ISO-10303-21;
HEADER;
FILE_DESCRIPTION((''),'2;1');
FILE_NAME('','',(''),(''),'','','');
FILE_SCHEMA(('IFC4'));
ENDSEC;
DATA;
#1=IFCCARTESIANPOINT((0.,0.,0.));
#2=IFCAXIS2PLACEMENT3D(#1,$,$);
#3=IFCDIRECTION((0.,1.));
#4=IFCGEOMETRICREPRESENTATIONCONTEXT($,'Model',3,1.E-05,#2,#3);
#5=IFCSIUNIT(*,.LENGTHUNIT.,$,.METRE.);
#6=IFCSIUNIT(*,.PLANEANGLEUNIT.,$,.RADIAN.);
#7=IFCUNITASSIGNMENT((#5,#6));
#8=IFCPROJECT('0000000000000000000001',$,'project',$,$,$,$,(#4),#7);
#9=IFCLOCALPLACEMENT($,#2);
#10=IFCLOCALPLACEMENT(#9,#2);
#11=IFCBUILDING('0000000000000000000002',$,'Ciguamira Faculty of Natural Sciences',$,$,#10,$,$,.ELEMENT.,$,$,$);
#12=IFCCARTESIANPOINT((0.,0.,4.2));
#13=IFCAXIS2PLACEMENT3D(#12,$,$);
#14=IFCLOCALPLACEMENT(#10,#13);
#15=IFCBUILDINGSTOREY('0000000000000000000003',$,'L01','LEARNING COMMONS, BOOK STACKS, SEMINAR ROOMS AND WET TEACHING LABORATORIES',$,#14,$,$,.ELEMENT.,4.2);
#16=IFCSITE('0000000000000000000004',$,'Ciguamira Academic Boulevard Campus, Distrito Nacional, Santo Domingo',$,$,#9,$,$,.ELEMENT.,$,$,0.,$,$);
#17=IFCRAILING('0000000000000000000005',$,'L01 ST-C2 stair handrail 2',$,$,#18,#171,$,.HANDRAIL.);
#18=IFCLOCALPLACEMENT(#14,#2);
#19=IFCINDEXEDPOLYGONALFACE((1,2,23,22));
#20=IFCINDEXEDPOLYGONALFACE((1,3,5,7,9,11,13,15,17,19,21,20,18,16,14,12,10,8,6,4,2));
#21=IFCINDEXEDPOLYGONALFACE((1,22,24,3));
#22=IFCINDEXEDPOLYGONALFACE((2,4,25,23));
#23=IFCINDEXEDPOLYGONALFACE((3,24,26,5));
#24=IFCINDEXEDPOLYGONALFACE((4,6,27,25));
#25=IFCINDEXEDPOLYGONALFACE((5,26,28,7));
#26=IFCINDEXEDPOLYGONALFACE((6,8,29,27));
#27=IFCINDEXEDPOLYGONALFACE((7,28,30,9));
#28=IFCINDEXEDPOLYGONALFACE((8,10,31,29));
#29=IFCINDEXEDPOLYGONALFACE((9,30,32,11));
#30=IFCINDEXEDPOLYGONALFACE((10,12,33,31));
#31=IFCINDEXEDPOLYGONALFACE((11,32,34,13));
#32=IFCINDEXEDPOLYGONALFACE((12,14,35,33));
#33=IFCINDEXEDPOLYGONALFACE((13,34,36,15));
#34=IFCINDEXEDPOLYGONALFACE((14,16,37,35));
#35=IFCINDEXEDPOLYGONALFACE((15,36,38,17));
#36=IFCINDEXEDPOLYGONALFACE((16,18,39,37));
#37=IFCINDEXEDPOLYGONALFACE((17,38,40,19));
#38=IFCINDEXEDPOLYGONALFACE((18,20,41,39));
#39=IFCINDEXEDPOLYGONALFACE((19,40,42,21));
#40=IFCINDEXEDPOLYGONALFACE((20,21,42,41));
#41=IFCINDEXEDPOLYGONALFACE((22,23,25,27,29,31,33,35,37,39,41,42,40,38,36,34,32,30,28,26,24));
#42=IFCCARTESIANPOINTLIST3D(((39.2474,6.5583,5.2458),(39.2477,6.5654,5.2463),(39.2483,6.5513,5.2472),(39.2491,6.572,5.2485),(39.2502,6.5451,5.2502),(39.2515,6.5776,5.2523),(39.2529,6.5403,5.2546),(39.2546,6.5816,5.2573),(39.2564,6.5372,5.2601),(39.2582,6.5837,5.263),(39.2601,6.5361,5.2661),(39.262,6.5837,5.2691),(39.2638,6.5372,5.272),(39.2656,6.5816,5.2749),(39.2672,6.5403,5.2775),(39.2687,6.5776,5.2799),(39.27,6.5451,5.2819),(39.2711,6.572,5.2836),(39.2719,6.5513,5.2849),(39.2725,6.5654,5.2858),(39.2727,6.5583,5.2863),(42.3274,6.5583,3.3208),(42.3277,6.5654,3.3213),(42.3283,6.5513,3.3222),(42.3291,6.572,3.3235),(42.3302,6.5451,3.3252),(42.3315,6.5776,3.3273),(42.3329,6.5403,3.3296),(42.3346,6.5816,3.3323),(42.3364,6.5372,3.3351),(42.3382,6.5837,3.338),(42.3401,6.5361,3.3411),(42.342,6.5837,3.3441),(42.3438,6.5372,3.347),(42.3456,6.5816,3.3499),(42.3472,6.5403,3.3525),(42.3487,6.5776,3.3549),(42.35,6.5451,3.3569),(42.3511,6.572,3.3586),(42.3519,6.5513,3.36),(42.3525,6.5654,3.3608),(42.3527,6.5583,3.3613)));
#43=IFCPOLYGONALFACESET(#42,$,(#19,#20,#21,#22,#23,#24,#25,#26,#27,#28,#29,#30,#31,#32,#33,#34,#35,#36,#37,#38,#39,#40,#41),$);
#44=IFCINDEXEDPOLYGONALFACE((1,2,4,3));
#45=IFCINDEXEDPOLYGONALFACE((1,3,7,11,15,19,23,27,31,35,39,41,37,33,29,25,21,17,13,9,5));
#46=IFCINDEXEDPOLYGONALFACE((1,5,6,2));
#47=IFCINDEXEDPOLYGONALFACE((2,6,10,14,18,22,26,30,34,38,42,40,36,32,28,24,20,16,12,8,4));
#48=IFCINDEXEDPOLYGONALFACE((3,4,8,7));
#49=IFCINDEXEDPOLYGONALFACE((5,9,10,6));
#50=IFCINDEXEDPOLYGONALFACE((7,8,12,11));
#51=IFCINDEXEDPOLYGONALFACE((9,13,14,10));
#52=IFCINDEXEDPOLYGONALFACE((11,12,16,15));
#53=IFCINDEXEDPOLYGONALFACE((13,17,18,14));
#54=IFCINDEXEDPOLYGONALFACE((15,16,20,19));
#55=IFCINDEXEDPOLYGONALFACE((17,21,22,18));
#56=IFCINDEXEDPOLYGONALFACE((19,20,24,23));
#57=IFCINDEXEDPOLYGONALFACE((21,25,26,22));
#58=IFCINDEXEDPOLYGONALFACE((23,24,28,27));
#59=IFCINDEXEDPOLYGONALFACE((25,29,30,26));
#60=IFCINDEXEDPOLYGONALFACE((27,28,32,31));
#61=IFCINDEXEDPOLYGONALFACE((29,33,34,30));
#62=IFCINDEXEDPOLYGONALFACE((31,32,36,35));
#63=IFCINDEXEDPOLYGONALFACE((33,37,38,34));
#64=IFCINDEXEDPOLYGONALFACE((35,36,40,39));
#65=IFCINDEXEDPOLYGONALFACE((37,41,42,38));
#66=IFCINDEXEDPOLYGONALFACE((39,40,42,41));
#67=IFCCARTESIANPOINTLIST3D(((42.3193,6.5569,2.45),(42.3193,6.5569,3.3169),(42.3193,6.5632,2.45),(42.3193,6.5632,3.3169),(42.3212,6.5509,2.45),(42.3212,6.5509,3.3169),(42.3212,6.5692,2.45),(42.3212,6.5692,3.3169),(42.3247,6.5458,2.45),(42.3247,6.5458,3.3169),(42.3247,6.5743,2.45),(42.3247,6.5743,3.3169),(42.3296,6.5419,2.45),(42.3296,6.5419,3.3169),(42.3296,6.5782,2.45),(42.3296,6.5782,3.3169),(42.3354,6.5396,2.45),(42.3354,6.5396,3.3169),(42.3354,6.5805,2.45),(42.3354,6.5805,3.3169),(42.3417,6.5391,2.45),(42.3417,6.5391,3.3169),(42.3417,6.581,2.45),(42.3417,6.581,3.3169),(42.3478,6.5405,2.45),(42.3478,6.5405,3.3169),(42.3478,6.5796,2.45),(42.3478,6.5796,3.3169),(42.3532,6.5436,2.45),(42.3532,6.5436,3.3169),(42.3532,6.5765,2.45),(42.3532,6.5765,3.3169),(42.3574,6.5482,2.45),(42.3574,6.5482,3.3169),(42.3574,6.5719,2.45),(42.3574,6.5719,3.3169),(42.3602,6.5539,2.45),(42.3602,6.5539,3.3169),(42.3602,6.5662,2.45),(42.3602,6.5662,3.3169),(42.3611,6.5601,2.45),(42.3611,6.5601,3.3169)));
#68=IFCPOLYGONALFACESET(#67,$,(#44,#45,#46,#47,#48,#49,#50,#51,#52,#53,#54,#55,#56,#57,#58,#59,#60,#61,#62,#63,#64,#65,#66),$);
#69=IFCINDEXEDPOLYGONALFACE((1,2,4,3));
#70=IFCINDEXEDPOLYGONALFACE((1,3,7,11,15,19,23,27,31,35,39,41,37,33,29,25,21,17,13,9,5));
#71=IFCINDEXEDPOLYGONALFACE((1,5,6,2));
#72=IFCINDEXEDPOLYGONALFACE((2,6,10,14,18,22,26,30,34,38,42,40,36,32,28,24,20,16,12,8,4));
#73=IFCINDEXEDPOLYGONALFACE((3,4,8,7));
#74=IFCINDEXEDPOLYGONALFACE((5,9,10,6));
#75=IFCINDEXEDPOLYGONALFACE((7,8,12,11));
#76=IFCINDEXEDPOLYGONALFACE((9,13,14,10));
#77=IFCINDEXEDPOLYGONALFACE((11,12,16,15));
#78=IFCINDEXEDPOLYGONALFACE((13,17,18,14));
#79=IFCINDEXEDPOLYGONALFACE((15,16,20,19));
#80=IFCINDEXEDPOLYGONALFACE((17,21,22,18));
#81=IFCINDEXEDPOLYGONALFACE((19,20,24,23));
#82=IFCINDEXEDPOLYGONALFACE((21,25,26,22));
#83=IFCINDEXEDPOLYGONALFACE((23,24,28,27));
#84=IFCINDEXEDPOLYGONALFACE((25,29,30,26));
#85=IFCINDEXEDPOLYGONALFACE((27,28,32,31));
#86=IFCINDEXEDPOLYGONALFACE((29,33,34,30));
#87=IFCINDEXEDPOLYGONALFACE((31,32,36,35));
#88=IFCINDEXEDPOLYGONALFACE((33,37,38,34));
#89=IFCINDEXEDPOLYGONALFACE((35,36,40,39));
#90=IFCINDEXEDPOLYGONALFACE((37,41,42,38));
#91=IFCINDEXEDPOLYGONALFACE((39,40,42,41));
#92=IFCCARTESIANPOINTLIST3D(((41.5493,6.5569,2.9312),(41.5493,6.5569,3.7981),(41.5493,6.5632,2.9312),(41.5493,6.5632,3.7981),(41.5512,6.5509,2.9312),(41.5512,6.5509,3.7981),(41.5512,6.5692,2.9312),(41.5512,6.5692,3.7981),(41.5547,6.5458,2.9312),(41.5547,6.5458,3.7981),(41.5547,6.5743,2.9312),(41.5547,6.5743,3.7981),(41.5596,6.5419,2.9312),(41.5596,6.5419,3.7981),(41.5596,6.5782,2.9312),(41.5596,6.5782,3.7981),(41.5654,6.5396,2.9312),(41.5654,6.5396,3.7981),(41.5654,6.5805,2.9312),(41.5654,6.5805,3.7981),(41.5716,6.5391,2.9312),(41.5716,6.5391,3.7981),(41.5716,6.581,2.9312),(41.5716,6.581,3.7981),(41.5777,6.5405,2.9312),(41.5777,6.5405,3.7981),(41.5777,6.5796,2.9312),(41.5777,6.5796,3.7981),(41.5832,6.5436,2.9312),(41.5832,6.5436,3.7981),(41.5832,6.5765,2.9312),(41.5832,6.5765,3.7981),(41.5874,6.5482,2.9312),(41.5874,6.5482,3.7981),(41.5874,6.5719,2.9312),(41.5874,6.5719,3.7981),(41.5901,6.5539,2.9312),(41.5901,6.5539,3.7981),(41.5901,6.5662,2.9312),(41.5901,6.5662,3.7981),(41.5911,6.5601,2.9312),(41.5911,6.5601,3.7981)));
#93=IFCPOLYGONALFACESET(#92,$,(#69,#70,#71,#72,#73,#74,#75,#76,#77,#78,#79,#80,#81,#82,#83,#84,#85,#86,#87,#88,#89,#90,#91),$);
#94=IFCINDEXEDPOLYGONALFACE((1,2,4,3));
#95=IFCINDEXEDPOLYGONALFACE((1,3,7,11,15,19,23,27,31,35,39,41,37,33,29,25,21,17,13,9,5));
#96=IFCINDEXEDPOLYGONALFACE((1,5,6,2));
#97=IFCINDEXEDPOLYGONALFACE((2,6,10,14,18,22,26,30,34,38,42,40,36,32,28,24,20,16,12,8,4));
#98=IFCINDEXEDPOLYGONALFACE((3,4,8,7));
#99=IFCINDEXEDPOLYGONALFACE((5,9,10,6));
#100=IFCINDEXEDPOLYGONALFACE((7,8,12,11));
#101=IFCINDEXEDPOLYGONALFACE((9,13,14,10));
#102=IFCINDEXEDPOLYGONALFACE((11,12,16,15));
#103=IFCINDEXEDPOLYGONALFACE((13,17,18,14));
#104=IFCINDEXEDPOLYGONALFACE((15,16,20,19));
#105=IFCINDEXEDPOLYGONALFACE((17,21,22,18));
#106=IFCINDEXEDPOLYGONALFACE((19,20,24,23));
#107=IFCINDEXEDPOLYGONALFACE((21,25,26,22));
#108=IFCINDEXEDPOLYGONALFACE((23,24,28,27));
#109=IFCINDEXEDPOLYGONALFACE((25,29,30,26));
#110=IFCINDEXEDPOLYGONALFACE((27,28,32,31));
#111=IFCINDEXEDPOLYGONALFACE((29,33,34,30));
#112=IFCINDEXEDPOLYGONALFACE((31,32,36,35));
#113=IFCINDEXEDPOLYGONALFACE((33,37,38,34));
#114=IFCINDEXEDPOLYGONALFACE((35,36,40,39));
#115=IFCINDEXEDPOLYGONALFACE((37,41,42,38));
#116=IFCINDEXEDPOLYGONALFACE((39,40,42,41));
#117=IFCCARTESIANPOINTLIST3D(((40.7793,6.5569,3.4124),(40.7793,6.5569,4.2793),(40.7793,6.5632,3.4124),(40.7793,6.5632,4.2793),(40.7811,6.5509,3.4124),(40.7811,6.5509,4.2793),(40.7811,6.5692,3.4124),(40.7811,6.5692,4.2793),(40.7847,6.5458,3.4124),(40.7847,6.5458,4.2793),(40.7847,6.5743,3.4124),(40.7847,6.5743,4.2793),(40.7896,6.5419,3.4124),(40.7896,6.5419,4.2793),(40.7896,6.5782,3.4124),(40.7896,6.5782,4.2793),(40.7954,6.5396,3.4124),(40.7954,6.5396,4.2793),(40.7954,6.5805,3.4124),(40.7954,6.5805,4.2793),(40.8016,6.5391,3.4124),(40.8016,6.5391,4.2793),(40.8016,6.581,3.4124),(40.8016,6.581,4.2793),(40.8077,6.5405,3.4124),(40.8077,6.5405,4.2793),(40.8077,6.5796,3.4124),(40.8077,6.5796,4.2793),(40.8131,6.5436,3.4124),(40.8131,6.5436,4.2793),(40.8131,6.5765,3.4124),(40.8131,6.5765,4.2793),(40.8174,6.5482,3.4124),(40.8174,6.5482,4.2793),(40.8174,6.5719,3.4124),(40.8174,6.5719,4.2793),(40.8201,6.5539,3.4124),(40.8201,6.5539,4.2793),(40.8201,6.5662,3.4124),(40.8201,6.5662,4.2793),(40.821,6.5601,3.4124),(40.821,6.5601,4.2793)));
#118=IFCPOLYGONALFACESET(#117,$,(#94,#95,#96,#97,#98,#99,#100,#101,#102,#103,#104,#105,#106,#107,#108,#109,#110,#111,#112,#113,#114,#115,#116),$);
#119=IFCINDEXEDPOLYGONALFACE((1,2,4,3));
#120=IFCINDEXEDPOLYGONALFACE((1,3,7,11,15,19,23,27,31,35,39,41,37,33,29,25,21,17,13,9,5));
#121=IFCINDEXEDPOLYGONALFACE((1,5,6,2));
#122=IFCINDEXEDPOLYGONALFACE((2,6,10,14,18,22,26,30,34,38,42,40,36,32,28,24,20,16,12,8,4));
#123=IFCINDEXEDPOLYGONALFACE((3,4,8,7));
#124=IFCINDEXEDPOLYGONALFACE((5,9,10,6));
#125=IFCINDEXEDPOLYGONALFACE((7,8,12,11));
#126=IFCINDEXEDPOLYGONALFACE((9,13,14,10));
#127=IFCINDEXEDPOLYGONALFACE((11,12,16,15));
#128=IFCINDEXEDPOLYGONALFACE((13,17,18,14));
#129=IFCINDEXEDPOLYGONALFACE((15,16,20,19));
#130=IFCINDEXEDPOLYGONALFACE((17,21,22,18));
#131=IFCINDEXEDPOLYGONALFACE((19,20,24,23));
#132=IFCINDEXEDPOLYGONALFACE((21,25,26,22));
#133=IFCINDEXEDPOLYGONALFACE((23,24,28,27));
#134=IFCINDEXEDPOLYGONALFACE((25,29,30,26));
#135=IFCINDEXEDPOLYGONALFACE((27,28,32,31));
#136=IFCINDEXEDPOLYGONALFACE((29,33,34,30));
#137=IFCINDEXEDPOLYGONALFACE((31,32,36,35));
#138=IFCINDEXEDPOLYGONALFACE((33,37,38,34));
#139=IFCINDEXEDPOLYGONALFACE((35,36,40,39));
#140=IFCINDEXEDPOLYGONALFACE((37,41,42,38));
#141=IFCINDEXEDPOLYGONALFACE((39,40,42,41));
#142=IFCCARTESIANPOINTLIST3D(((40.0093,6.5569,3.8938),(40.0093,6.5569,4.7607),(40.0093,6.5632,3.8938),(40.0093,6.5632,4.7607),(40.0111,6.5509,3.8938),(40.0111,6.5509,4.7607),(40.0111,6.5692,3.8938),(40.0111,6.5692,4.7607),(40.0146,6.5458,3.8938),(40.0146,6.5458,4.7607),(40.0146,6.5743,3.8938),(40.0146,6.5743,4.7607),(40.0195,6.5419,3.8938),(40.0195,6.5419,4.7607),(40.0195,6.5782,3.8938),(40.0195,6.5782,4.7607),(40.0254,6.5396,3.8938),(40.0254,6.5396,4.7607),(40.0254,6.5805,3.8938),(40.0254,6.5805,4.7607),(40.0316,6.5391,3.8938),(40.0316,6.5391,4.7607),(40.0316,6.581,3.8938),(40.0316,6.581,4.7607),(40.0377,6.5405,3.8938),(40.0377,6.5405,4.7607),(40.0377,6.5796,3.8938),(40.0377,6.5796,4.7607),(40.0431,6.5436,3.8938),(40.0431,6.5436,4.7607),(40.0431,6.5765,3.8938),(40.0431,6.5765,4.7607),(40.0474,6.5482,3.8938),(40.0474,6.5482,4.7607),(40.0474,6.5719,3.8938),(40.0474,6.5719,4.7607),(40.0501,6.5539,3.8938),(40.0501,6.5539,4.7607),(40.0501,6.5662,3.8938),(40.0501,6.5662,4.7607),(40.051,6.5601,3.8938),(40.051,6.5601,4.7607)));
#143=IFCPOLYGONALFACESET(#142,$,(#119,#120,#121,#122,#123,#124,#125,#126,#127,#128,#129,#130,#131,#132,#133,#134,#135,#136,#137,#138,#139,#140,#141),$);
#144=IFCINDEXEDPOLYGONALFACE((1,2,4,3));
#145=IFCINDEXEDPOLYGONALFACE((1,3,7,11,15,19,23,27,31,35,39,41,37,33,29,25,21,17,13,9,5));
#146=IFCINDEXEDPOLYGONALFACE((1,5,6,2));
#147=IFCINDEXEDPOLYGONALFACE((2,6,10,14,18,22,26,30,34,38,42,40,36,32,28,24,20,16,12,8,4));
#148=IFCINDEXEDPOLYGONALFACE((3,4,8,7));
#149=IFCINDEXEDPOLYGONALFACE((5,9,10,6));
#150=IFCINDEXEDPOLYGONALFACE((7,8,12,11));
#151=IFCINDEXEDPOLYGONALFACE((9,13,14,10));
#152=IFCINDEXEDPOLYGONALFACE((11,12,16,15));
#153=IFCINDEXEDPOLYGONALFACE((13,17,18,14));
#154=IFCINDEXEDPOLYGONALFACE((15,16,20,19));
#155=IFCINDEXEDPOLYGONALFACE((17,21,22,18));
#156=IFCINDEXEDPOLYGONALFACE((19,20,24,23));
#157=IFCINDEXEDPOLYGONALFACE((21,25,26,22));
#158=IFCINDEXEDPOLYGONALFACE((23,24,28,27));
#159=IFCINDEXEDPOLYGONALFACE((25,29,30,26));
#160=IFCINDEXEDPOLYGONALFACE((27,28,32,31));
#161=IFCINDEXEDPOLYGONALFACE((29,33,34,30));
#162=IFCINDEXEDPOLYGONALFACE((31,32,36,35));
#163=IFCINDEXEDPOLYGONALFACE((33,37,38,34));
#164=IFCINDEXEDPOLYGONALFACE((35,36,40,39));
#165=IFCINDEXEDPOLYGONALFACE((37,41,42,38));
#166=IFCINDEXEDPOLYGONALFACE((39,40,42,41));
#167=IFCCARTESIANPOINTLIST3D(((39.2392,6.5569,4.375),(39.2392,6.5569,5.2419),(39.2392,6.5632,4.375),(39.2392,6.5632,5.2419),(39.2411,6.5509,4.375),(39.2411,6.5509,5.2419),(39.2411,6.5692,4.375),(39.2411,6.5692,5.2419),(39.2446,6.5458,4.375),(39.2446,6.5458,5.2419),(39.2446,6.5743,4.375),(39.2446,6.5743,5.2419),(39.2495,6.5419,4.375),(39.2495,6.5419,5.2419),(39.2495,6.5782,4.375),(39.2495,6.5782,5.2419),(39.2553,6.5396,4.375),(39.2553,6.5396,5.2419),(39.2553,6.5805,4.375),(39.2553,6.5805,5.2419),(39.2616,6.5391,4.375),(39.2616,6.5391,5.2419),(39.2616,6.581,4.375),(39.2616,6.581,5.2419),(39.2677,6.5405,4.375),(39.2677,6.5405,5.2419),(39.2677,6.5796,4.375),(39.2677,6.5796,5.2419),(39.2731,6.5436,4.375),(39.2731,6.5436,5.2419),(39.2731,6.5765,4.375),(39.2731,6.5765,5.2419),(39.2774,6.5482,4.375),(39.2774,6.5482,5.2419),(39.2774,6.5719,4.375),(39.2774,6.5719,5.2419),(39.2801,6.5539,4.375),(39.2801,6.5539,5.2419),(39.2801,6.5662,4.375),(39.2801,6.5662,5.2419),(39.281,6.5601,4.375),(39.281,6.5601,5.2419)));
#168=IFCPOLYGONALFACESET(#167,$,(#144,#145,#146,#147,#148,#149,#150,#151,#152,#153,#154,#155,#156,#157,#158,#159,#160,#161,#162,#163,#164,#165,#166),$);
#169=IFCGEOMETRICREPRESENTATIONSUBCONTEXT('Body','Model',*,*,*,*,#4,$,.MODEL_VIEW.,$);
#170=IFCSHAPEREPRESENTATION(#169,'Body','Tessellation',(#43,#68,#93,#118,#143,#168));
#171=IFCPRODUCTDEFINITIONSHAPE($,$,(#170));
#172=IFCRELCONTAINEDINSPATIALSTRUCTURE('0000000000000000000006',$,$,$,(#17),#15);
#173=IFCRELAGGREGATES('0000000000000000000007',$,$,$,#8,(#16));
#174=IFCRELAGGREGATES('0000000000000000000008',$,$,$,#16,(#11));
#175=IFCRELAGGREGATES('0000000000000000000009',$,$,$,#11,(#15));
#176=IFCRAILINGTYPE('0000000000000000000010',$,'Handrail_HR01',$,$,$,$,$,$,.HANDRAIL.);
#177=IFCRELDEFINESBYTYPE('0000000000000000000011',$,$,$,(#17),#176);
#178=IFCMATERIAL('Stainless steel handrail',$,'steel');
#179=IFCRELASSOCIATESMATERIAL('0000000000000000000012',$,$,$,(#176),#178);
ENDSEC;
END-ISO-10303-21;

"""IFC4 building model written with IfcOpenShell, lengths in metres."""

from ifc_helpers import new_model, si_unit, direction, frame, origin, origin_2d, place, context, subcontext, project, spatial, circle, extrude, material, type_object, element, save


model = new_model("IFC4")

# Units and contexts
model_context = context("Model", 3, precision=1e-05, world=origin(), true_north=direction((0.0, 1.0)))
body_context = subcontext(model_context, "Body", "Model", "MODEL_VIEW")
ifc_project = project(units=[si_unit("LENGTHUNIT", "METRE"), si_unit("PLANEANGLEUNIT", "RADIAN")], contexts=[model_context])

# Site, building, storey
site_placement = place(None, origin())
site = spatial("IfcSite", under=ifc_project, at=site_placement, Name="Ciguamira Academic Boulevard Campus, Distrito Nacional, Santo Domingo", CompositionType="ELEMENT", RefElevation=0.0)
building_placement = place(site_placement, origin())
building = spatial("IfcBuilding", under=site, at=building_placement, Name="Ciguamira Faculty of Natural Sciences", CompositionType="ELEMENT")
storey_placement = place(building_placement, frame((0.0, 0.0, 4.2)))
storey = spatial("IfcBuildingStorey", under=building, at=storey_placement, Name="L01", Description="LEARNING COMMONS, BOOK STACKS, SEMINAR ROOMS AND WET TEACHING LABORATORIES", CompositionType="ELEMENT", Elevation=4.2)

# Railing
ifc_material_1 = material(Name="Stainless steel handrail", Category="steel")
railing_type_1 = type_object("IfcRailingType", Name="Handrail_HR01", PredefinedType="HANDRAIL", material=ifc_material_1)
railing_1_placement = place(storey_placement, frame((42.3401, 6.5601, 2.45)))
element("IfcRailing", 1, at=railing_1_placement, inside=storey, type_object=railing_type_1, Name="L01 ST-C2 stair handrail 2", PredefinedType="HANDRAIL", context=body_context, shape_type="SweptSolid", body=[
    extrude(circle(Radius=0.0239, at=origin_2d()), frame((0.0, 0.0, 0.8911), z_axis=(-0.847998, 0.0, 0.529999), x_axis=(0.0, -1.0, 0.0)), (0.0, 0.0, 1.0), 3.6321),
    extrude(circle(Radius=0.021, at=origin_2d()), origin(), (0.0, 0.0, 1.0), 0.8669),
    extrude(circle(Radius=0.021, at=origin_2d()), frame((-0.77, 0.0, 0.4812)), (0.0, 0.0, 1.0), 0.8669),
    extrude(circle(Radius=0.021, at=origin_2d()), frame((-1.54, 0.0, 0.9624)), (0.0, 0.0, 1.0), 0.8669),
    extrude(circle(Radius=0.021, at=origin_2d()), frame((-2.3101, 0.0, 1.4438)), (0.0, 0.0, 1.0), 0.8669),
    extrude(circle(Radius=0.021, at=origin_2d()), frame((-3.0801, 0.0, 1.925)), (0.0, 0.0, 1.0), 0.8669),
])

save(model, "model.ifc")
